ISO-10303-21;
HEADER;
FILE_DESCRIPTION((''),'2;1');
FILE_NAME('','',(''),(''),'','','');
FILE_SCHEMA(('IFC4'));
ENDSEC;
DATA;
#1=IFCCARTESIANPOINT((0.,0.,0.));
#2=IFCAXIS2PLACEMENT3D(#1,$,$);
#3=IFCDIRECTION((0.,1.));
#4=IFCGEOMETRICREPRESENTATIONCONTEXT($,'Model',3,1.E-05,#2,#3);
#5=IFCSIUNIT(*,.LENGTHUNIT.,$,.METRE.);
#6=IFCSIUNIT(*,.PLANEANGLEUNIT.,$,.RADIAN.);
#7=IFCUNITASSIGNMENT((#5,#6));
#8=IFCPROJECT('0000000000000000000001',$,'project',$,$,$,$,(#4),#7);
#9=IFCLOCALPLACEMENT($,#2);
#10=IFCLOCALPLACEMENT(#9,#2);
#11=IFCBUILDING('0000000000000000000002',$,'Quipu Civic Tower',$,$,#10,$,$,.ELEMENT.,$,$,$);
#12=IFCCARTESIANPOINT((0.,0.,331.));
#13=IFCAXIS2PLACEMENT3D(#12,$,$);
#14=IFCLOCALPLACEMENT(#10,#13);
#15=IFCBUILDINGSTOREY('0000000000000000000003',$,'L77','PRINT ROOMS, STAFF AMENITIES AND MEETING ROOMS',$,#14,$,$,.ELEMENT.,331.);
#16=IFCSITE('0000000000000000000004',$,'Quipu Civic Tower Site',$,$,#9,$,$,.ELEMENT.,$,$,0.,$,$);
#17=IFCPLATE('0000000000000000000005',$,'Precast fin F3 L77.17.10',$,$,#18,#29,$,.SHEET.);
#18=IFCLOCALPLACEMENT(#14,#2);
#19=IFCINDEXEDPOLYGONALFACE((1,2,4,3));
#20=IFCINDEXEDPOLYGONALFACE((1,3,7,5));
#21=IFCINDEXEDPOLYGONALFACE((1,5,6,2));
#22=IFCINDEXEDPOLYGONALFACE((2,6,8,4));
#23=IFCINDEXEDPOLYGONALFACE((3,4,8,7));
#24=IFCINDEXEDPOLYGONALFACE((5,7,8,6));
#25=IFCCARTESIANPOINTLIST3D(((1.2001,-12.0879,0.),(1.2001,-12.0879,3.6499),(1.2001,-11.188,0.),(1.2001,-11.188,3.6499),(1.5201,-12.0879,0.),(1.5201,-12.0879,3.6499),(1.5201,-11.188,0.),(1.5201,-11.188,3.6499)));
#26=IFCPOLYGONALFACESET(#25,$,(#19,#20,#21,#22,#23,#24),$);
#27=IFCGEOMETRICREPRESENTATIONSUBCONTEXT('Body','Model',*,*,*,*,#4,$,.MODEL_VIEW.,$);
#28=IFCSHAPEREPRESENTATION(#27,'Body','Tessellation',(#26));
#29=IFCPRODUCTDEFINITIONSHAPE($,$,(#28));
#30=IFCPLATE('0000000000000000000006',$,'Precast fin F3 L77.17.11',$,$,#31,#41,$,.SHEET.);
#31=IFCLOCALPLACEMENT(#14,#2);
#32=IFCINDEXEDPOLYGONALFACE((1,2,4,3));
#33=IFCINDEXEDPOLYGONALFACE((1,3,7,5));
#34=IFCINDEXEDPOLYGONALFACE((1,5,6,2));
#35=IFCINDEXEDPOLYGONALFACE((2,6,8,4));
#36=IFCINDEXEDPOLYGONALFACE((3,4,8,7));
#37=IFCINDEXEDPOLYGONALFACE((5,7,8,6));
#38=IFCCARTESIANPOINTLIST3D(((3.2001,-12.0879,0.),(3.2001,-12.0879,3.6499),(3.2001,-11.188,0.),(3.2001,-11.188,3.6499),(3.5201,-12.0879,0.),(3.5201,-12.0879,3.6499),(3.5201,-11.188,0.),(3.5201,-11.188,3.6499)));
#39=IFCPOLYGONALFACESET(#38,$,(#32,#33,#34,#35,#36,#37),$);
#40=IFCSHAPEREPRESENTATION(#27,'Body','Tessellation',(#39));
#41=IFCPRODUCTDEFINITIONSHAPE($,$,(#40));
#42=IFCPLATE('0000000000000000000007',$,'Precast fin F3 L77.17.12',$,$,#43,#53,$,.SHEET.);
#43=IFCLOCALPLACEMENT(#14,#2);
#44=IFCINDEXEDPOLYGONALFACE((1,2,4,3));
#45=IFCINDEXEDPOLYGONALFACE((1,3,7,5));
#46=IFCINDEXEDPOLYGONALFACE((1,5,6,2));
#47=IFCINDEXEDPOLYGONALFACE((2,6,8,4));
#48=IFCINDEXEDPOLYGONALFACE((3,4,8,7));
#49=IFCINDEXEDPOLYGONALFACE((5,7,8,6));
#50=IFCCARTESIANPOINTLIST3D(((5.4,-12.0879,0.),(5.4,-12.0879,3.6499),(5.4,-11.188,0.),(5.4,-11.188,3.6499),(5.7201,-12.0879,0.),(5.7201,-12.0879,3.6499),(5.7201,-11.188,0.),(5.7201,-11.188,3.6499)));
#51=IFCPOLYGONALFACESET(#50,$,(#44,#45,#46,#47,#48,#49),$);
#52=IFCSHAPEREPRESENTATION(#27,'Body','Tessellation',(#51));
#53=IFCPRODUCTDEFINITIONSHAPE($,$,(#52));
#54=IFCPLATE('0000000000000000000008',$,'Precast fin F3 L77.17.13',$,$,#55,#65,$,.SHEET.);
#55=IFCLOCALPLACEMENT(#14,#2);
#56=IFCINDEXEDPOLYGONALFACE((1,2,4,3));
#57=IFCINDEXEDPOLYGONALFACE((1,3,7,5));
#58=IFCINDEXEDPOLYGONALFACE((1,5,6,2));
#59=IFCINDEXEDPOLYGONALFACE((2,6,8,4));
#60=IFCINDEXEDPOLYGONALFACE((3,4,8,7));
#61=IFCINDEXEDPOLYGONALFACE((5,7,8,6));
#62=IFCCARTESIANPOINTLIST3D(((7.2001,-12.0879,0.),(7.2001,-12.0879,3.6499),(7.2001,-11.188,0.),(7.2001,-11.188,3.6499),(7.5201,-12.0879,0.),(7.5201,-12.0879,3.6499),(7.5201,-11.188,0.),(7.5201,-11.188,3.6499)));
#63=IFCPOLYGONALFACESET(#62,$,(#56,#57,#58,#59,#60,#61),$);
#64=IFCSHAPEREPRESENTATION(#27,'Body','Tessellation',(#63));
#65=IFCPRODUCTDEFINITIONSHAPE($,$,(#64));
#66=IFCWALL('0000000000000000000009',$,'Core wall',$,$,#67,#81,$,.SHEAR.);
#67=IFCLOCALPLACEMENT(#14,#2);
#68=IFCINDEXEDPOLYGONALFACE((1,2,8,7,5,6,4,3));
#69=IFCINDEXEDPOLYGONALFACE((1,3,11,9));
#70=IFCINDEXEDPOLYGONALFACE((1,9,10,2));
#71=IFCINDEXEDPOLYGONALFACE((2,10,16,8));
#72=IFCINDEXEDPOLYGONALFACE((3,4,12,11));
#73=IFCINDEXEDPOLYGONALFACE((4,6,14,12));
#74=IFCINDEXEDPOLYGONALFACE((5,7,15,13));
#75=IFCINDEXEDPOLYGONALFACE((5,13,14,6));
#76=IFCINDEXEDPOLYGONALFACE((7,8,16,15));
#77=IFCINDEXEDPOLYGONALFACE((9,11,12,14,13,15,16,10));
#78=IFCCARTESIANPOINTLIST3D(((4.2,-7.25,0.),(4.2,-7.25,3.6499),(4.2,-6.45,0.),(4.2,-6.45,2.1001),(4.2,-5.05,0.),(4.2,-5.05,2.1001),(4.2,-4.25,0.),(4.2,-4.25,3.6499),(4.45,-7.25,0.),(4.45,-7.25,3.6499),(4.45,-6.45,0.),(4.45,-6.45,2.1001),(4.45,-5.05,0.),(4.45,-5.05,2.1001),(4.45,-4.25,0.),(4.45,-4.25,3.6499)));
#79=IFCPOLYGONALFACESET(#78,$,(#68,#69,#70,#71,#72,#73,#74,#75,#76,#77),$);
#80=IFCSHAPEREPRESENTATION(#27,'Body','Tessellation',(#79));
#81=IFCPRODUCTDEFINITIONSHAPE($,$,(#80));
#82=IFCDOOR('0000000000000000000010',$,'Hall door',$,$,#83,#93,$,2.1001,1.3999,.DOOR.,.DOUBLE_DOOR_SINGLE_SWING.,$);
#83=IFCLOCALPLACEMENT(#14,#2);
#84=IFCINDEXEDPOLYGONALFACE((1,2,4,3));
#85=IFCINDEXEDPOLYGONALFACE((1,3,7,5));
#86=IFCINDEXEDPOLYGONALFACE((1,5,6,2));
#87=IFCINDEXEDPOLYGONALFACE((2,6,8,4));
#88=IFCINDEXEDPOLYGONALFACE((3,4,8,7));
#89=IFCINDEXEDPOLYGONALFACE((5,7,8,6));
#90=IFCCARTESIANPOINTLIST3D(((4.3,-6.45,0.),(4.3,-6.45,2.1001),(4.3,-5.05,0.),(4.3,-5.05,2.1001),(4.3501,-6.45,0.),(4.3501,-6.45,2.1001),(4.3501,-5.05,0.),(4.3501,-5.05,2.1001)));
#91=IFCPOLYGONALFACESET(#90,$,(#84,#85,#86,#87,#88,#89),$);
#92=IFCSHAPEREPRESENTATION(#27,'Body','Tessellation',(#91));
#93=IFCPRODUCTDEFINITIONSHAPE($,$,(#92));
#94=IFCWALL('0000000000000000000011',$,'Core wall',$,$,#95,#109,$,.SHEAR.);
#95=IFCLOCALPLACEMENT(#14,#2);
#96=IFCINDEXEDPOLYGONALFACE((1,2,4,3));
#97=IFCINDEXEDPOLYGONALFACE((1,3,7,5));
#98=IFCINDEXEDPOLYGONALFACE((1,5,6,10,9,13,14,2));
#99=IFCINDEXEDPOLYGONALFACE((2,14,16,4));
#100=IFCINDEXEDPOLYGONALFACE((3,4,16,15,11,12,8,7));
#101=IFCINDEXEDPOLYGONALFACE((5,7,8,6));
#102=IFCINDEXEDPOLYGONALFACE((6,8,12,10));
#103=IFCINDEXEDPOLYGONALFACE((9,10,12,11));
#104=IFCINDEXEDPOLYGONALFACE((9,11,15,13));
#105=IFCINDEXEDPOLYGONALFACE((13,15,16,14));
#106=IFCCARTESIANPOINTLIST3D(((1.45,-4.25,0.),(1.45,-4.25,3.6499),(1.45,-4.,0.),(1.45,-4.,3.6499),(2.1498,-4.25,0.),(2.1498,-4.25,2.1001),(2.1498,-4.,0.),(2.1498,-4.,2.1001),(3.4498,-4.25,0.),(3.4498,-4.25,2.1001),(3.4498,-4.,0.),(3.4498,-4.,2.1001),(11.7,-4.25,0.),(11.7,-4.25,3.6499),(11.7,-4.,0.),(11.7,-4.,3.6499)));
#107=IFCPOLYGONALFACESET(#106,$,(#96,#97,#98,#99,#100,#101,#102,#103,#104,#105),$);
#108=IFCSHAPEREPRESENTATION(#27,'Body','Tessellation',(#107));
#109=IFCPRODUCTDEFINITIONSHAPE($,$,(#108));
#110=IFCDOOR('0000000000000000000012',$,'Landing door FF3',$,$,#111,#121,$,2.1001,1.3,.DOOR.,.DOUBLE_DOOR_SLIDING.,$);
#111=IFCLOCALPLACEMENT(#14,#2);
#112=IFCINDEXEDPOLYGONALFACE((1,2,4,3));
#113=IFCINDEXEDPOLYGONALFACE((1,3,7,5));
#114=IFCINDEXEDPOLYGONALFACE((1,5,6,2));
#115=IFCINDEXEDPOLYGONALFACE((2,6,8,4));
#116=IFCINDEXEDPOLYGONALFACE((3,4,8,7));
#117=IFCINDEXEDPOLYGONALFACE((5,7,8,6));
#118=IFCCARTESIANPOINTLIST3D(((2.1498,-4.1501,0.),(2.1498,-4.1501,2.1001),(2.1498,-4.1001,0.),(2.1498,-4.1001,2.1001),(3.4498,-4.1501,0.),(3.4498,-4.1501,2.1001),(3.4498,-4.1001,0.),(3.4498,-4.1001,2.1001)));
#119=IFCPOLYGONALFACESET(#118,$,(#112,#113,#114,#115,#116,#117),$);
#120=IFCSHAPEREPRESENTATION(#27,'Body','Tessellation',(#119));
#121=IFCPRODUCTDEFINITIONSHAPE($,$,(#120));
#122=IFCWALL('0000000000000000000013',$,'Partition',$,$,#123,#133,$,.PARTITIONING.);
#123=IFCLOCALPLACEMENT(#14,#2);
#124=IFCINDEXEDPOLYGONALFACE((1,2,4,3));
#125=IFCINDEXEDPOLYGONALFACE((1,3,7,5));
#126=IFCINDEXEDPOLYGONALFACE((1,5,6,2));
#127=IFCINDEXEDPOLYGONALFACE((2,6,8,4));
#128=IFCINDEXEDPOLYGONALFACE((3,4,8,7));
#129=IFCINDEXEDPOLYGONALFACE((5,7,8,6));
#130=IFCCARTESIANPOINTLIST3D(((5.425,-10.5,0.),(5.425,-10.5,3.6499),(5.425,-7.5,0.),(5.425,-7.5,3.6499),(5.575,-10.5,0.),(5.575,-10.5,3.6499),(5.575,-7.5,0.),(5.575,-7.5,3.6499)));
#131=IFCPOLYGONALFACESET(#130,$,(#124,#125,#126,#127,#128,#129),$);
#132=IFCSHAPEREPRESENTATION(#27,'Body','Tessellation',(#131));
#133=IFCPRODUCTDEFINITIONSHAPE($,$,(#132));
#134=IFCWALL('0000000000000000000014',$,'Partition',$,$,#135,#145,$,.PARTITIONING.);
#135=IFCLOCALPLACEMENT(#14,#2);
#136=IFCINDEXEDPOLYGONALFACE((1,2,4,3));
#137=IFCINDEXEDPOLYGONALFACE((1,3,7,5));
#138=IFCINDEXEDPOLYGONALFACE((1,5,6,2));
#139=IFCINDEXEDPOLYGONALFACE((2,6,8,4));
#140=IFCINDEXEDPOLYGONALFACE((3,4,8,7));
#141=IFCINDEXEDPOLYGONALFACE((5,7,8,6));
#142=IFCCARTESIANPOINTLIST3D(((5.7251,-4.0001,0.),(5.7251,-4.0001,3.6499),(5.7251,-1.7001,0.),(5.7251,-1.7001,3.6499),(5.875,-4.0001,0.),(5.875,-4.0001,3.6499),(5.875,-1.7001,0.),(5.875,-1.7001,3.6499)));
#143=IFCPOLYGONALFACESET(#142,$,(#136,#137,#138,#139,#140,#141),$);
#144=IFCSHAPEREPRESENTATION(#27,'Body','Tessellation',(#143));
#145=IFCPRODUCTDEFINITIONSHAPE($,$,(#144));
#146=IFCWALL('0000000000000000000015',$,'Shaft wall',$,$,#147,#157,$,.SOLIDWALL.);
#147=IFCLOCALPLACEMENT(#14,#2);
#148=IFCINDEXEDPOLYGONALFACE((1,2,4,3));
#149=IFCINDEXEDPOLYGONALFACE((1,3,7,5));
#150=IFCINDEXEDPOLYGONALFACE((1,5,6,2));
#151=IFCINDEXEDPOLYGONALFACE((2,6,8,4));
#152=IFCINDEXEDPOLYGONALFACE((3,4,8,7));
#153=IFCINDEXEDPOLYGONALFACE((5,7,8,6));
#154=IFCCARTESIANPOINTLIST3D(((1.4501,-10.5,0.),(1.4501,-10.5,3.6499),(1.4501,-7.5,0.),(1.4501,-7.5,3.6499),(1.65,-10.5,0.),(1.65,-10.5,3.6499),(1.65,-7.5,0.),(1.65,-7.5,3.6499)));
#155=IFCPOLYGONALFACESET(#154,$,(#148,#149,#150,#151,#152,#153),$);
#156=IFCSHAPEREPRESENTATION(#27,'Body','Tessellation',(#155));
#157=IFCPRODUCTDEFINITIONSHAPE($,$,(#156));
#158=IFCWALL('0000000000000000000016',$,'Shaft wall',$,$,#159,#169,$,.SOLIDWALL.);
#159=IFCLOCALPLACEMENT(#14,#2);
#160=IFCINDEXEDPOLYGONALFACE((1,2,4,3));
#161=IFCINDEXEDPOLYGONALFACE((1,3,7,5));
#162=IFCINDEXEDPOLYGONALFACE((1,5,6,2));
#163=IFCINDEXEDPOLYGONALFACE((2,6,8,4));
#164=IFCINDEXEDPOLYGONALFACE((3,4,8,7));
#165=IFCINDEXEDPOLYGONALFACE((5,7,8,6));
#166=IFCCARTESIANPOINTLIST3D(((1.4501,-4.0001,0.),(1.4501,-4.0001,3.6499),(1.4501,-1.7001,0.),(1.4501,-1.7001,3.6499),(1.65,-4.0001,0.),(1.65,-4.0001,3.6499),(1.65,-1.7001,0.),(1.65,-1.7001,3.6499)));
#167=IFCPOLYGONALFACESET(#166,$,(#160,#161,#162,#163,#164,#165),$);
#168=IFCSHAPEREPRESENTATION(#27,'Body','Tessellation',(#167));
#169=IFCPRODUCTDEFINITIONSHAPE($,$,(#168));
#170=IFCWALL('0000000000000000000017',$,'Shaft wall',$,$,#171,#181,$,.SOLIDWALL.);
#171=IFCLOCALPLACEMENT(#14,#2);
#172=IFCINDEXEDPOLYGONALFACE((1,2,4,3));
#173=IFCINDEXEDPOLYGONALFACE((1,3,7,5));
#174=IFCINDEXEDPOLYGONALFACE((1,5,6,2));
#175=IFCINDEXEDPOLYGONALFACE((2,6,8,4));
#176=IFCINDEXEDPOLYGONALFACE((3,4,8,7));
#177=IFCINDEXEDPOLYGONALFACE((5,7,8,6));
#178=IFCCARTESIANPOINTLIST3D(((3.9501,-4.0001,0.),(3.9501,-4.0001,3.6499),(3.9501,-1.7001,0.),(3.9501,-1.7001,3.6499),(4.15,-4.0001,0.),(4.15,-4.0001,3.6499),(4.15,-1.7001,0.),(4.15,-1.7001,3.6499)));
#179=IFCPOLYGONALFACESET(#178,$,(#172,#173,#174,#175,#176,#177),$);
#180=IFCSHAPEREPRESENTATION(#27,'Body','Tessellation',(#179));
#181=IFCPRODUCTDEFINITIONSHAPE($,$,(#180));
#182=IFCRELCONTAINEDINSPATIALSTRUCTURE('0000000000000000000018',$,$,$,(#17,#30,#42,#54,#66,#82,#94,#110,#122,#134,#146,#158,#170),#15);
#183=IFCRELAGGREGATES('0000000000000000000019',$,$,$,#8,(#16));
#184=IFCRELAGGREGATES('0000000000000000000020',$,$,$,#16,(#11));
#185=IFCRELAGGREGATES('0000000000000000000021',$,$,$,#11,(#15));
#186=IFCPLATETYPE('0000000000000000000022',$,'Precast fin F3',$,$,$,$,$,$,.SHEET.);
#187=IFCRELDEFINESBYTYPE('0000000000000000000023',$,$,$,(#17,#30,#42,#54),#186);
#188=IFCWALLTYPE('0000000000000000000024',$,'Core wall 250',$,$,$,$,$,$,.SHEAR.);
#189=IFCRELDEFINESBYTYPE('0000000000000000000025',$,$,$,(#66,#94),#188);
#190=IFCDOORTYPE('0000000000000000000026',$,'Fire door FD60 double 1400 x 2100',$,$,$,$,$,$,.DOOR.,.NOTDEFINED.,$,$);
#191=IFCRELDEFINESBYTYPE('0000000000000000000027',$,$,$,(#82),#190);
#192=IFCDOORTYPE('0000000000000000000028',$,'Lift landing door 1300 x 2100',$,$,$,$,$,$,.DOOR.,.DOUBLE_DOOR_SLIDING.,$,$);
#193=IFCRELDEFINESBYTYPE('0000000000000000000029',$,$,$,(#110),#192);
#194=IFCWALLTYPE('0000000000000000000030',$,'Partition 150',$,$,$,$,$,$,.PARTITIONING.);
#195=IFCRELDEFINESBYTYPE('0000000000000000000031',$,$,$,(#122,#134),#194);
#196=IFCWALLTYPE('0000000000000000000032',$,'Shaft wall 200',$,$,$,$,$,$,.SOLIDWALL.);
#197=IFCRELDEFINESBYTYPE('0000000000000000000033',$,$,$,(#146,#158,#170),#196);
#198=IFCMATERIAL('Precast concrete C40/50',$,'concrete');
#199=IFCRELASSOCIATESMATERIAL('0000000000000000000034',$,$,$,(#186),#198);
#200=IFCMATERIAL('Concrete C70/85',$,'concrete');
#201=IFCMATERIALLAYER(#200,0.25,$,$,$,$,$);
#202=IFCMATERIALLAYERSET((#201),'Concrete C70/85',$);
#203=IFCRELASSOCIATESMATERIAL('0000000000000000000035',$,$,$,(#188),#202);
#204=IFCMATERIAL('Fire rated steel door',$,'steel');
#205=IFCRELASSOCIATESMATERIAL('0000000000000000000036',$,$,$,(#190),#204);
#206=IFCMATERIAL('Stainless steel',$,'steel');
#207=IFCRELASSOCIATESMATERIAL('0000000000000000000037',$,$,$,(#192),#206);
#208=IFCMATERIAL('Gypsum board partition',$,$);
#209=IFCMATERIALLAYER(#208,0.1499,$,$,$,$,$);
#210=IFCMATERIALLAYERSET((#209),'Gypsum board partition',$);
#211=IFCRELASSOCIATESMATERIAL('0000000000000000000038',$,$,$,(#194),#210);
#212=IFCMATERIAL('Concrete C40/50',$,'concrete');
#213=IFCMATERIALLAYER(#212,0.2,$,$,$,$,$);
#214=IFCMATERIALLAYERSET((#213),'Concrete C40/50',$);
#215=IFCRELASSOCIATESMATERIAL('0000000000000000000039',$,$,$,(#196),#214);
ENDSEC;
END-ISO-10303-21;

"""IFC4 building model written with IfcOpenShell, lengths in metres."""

from ifc_helpers import new_model, si_unit, direction, frame, frame_2d, origin, origin_2d, place, context, subcontext, project, spatial, rectangle, extrude, material, layer, layer_set, type_object, element, fill, save


model = new_model("IFC4")

# Units and contexts
model_context = context("Model", 3, precision=1e-05, world=origin(), true_north=direction((0.0, 1.0)))
body_context = subcontext(model_context, "Body", "Model", "MODEL_VIEW")
ifc_project = project(units=[si_unit("LENGTHUNIT", "METRE"), si_unit("PLANEANGLEUNIT", "RADIAN")], contexts=[model_context])

# Site, building, storey
site_placement = place(None, origin())
site = spatial("IfcSite", under=ifc_project, at=site_placement, Name="Quipu Civic Tower Site", CompositionType="ELEMENT", RefElevation=0.0)
building_placement = place(site_placement, origin())
building = spatial("IfcBuilding", under=site, at=building_placement, Name="Quipu Civic Tower", CompositionType="ELEMENT")
storey_placement = place(building_placement, frame((0.0, 0.0, 331.0)))
storey = spatial("IfcBuildingStorey", under=building, at=storey_placement, Name="L77", Description="PRINT ROOMS, STAFF AMENITIES AND MEETING ROOMS", CompositionType="ELEMENT", Elevation=331.0)

# Plates
ifc_material_1 = material(Name="Precast concrete C40/50", Category="concrete")
plate_type = type_object("IfcPlateType", Name="Precast fin F3", PredefinedType="SHEET", material=ifc_material_1)
for number, where, z_axis, x_axis, name in (
    (1, (1.3601, -11.6379, 0.0), (0.0, 0.0, 1.0), (1.0, 0.0, 0.0), "Precast fin F3 L77.17.10"),
    (2, (3.3601, -11.6379, 0.0), (0.0, 0.0, 1.0), (1.0, 0.0, 0.0), "Precast fin F3 L77.17.11"),
    (3, (5.5601, -11.6379, 0.0), (0.0, 0.0, 1.0), (1.0, 0.0, 0.0), "Precast fin F3 L77.17.12"),
    (4, (7.3601, -11.6379, 0.0), (0.0, 0.0, 1.0), (1.0, 0.0, 0.0), "Precast fin F3 L77.17.13"),
):
    element("IfcPlate", number, at=place(storey_placement, frame(where, z_axis=z_axis, x_axis=x_axis)), inside=storey, type_object=plate_type, Name=name, PredefinedType="SHEET", context=body_context, shape_type="SweptSolid", body=[
        extrude(rectangle(XDim=0.3201, YDim=0.8999, at=origin_2d()), origin(), (0.0, 0.0, 1.0), 3.6499),
    ])

# Walls, openings, doors
ifc_material_2 = material(Name="Concrete C70/85", Category="concrete")
ifc_layer_1 = layer(ifc_material_2, 0.25)
ifc_layer_set_1 = layer_set([ifc_layer_1], Name="Concrete C70/85")
wall_type_1 = type_object("IfcWallType", Name="Core wall 250", PredefinedType="SHEAR", material=ifc_layer_set_1)
wall_1_placement = place(storey_placement, frame((4.325, -7.25, 0.0), z_axis=(0.0, 0.0, 1.0), x_axis=(0.0, 1.0, 0.0)))
wall_1 = element("IfcWall", 5, at=wall_1_placement, inside=storey, type_object=wall_type_1, Name="Core wall", PredefinedType="SHEAR", context=body_context, shape_type="SweptSolid", body=[
    extrude(rectangle(XDim=3.0, YDim=0.25, at=frame_2d((1.5, 0.0))), origin(), (0.0, 0.0, 1.0), 3.6499),
])
opening_1_placement = place(wall_1_placement, frame((0.8, 0.0, 0.0)))
opening_1 = element("IfcOpeningElement", 6, at=opening_1_placement, cuts=wall_1, PredefinedType="OPENING", context=body_context, shape_type="SweptSolid", body=[
    extrude(rectangle(XDim=1.3999, YDim=2.1001, at=frame_2d((0.7, 1.05))), frame((0.0, 0.135, 0.0), z_axis=(0.0, -1.0, 0.0), x_axis=(1.0, 0.0, 0.0)), (0.0, 0.0, 1.0), 0.27),
])
ifc_material_3 = material(Name="Fire rated steel door", Category="steel")
door_type_1 = type_object("IfcDoorType", Name="Fire door FD60 double 1400 x 2100", OperationType="NOTDEFINED", PredefinedType="DOOR", material=ifc_material_3)
door_1_placement = place(opening_1_placement, origin())
door_1 = element("IfcDoor", 7, at=door_1_placement, inside=storey, type_object=door_type_1, Name="Hall door", OperationType="DOUBLE_DOOR_SINGLE_SWING", OverallHeight=2.1001, OverallWidth=1.3999, PredefinedType="DOOR", context=body_context, shape_type="SweptSolid", body=[
    extrude(rectangle(XDim=1.3999, YDim=2.1001, at=frame_2d((0.7, 1.05))), frame((0.0, 0.0249, 0.0), z_axis=(0.0, -1.0, 0.0), x_axis=(1.0, 0.0, 0.0)), (0.0, 0.0, 1.0), 0.05),
])
fill(opening_1, door_1)
wall_2_placement = place(storey_placement, frame((1.45, -4.125, 0.0), z_axis=(0.0, 0.0, 1.0), x_axis=(1.0, 0.0, 0.0)))
wall_2 = element("IfcWall", 8, at=wall_2_placement, inside=storey, type_object=wall_type_1, Name="Core wall", PredefinedType="SHEAR", context=body_context, shape_type="SweptSolid", body=[
    extrude(rectangle(XDim=10.25, YDim=0.25, at=frame_2d((5.125, 0.0))), origin(), (0.0, 0.0, 1.0), 3.6499),
])
opening_2_placement = place(wall_2_placement, frame((0.7, 0.0, 0.0)))
opening_2 = element("IfcOpeningElement", 9, at=opening_2_placement, cuts=wall_2, PredefinedType="OPENING", context=body_context, shape_type="SweptSolid", body=[
    extrude(rectangle(XDim=1.3, YDim=2.1001, at=frame_2d((0.6499, 1.05))), frame((0.0, 0.135, 0.0), z_axis=(0.0, -1.0, 0.0), x_axis=(1.0, 0.0, 0.0)), (0.0, 0.0, 1.0), 0.27),
])
ifc_material_4 = material(Name="Stainless steel", Category="steel")
door_type_2 = type_object("IfcDoorType", Name="Lift landing door 1300 x 2100", OperationType="DOUBLE_DOOR_SLIDING", PredefinedType="DOOR", material=ifc_material_4)
door_2_placement = place(opening_2_placement, origin())
door_2 = element("IfcDoor", 10, at=door_2_placement, inside=storey, type_object=door_type_2, Name="Landing door FF3", OperationType="DOUBLE_DOOR_SLIDING", OverallHeight=2.1001, OverallWidth=1.3, PredefinedType="DOOR", context=body_context, shape_type="SweptSolid", body=[
    extrude(rectangle(XDim=1.3, YDim=2.1001, at=frame_2d((0.6499, 1.05))), frame((0.0, 0.0249, 0.0), z_axis=(0.0, -1.0, 0.0), x_axis=(1.0, 0.0, 0.0)), (0.0, 0.0, 1.0), 0.05),
])
fill(opening_2, door_2)

# Walls
ifc_material_5 = material(Name="Gypsum board partition")
ifc_layer_2 = layer(ifc_material_5, 0.1499)
ifc_layer_set_2 = layer_set([ifc_layer_2], Name="Gypsum board partition")
wall_type_2 = type_object("IfcWallType", Name="Partition 150", PredefinedType="PARTITIONING", material=ifc_layer_set_2)
wall_3_placement = place(storey_placement, frame((5.5, -10.5, 0.0), z_axis=(0.0, 0.0, 1.0), x_axis=(0.0, 1.0, 0.0)))
element("IfcWall", 11, at=wall_3_placement, inside=storey, type_object=wall_type_2, Name="Partition", PredefinedType="PARTITIONING", context=body_context, shape_type="SweptSolid", body=[
    extrude(rectangle(XDim=3.0, YDim=0.1499, at=frame_2d((1.5, 0.0))), origin(), (0.0, 0.0, 1.0), 3.6499),
])
wall_4_placement = place(storey_placement, frame((5.8, -4.0, 0.0), z_axis=(0.0, 0.0, 1.0), x_axis=(0.0, 1.0, 0.0)))
element("IfcWall", 12, at=wall_4_placement, inside=storey, type_object=wall_type_2, Name="Partition", PredefinedType="PARTITIONING", context=body_context, shape_type="SweptSolid", body=[
    extrude(rectangle(XDim=2.3, YDim=0.1499, at=frame_2d((1.1499, 0.0))), origin(), (0.0, 0.0, 1.0), 3.6499),
])
ifc_material_6 = material(Name="Concrete C40/50", Category="concrete")
ifc_layer_3 = layer(ifc_material_6, 0.2)
ifc_layer_set_3 = layer_set([ifc_layer_3], Name="Concrete C40/50")
wall_type_3 = type_object("IfcWallType", Name="Shaft wall 200", PredefinedType="SOLIDWALL", material=ifc_layer_set_3)
wall_5_placement = place(storey_placement, frame((1.55, -10.5, 0.0), z_axis=(0.0, 0.0, 1.0), x_axis=(0.0, 1.0, 0.0)))
element("IfcWall", 13, at=wall_5_placement, inside=storey, type_object=wall_type_3, Name="Shaft wall", PredefinedType="SOLIDWALL", context=body_context, shape_type="SweptSolid", body=[
    extrude(rectangle(XDim=3.0, YDim=0.2, at=frame_2d((1.5, 0.0))), origin(), (0.0, 0.0, 1.0), 3.6499),
])
for number, where, z_axis, x_axis, name in (
    (14, (1.55, -4.0, 0.0), (0.0, 0.0, 1.0), (0.0, 1.0, 0.0), "Shaft wall"),
    (15, (4.05, -4.0, 0.0), (0.0, 0.0, 1.0), (0.0, 1.0, 0.0), "Shaft wall"),
):
    element("IfcWall", number, at=place(storey_placement, frame(where, z_axis=z_axis, x_axis=x_axis)), inside=storey, type_object=wall_type_3, Name=name, PredefinedType="SOLIDWALL", context=body_context, shape_type="SweptSolid", body=[
        extrude(rectangle(XDim=2.3, YDim=0.2, at=frame_2d((1.1499, 0.0))), origin(), (0.0, 0.0, 1.0), 3.6499),
    ])

save(model, "model.ifc")
